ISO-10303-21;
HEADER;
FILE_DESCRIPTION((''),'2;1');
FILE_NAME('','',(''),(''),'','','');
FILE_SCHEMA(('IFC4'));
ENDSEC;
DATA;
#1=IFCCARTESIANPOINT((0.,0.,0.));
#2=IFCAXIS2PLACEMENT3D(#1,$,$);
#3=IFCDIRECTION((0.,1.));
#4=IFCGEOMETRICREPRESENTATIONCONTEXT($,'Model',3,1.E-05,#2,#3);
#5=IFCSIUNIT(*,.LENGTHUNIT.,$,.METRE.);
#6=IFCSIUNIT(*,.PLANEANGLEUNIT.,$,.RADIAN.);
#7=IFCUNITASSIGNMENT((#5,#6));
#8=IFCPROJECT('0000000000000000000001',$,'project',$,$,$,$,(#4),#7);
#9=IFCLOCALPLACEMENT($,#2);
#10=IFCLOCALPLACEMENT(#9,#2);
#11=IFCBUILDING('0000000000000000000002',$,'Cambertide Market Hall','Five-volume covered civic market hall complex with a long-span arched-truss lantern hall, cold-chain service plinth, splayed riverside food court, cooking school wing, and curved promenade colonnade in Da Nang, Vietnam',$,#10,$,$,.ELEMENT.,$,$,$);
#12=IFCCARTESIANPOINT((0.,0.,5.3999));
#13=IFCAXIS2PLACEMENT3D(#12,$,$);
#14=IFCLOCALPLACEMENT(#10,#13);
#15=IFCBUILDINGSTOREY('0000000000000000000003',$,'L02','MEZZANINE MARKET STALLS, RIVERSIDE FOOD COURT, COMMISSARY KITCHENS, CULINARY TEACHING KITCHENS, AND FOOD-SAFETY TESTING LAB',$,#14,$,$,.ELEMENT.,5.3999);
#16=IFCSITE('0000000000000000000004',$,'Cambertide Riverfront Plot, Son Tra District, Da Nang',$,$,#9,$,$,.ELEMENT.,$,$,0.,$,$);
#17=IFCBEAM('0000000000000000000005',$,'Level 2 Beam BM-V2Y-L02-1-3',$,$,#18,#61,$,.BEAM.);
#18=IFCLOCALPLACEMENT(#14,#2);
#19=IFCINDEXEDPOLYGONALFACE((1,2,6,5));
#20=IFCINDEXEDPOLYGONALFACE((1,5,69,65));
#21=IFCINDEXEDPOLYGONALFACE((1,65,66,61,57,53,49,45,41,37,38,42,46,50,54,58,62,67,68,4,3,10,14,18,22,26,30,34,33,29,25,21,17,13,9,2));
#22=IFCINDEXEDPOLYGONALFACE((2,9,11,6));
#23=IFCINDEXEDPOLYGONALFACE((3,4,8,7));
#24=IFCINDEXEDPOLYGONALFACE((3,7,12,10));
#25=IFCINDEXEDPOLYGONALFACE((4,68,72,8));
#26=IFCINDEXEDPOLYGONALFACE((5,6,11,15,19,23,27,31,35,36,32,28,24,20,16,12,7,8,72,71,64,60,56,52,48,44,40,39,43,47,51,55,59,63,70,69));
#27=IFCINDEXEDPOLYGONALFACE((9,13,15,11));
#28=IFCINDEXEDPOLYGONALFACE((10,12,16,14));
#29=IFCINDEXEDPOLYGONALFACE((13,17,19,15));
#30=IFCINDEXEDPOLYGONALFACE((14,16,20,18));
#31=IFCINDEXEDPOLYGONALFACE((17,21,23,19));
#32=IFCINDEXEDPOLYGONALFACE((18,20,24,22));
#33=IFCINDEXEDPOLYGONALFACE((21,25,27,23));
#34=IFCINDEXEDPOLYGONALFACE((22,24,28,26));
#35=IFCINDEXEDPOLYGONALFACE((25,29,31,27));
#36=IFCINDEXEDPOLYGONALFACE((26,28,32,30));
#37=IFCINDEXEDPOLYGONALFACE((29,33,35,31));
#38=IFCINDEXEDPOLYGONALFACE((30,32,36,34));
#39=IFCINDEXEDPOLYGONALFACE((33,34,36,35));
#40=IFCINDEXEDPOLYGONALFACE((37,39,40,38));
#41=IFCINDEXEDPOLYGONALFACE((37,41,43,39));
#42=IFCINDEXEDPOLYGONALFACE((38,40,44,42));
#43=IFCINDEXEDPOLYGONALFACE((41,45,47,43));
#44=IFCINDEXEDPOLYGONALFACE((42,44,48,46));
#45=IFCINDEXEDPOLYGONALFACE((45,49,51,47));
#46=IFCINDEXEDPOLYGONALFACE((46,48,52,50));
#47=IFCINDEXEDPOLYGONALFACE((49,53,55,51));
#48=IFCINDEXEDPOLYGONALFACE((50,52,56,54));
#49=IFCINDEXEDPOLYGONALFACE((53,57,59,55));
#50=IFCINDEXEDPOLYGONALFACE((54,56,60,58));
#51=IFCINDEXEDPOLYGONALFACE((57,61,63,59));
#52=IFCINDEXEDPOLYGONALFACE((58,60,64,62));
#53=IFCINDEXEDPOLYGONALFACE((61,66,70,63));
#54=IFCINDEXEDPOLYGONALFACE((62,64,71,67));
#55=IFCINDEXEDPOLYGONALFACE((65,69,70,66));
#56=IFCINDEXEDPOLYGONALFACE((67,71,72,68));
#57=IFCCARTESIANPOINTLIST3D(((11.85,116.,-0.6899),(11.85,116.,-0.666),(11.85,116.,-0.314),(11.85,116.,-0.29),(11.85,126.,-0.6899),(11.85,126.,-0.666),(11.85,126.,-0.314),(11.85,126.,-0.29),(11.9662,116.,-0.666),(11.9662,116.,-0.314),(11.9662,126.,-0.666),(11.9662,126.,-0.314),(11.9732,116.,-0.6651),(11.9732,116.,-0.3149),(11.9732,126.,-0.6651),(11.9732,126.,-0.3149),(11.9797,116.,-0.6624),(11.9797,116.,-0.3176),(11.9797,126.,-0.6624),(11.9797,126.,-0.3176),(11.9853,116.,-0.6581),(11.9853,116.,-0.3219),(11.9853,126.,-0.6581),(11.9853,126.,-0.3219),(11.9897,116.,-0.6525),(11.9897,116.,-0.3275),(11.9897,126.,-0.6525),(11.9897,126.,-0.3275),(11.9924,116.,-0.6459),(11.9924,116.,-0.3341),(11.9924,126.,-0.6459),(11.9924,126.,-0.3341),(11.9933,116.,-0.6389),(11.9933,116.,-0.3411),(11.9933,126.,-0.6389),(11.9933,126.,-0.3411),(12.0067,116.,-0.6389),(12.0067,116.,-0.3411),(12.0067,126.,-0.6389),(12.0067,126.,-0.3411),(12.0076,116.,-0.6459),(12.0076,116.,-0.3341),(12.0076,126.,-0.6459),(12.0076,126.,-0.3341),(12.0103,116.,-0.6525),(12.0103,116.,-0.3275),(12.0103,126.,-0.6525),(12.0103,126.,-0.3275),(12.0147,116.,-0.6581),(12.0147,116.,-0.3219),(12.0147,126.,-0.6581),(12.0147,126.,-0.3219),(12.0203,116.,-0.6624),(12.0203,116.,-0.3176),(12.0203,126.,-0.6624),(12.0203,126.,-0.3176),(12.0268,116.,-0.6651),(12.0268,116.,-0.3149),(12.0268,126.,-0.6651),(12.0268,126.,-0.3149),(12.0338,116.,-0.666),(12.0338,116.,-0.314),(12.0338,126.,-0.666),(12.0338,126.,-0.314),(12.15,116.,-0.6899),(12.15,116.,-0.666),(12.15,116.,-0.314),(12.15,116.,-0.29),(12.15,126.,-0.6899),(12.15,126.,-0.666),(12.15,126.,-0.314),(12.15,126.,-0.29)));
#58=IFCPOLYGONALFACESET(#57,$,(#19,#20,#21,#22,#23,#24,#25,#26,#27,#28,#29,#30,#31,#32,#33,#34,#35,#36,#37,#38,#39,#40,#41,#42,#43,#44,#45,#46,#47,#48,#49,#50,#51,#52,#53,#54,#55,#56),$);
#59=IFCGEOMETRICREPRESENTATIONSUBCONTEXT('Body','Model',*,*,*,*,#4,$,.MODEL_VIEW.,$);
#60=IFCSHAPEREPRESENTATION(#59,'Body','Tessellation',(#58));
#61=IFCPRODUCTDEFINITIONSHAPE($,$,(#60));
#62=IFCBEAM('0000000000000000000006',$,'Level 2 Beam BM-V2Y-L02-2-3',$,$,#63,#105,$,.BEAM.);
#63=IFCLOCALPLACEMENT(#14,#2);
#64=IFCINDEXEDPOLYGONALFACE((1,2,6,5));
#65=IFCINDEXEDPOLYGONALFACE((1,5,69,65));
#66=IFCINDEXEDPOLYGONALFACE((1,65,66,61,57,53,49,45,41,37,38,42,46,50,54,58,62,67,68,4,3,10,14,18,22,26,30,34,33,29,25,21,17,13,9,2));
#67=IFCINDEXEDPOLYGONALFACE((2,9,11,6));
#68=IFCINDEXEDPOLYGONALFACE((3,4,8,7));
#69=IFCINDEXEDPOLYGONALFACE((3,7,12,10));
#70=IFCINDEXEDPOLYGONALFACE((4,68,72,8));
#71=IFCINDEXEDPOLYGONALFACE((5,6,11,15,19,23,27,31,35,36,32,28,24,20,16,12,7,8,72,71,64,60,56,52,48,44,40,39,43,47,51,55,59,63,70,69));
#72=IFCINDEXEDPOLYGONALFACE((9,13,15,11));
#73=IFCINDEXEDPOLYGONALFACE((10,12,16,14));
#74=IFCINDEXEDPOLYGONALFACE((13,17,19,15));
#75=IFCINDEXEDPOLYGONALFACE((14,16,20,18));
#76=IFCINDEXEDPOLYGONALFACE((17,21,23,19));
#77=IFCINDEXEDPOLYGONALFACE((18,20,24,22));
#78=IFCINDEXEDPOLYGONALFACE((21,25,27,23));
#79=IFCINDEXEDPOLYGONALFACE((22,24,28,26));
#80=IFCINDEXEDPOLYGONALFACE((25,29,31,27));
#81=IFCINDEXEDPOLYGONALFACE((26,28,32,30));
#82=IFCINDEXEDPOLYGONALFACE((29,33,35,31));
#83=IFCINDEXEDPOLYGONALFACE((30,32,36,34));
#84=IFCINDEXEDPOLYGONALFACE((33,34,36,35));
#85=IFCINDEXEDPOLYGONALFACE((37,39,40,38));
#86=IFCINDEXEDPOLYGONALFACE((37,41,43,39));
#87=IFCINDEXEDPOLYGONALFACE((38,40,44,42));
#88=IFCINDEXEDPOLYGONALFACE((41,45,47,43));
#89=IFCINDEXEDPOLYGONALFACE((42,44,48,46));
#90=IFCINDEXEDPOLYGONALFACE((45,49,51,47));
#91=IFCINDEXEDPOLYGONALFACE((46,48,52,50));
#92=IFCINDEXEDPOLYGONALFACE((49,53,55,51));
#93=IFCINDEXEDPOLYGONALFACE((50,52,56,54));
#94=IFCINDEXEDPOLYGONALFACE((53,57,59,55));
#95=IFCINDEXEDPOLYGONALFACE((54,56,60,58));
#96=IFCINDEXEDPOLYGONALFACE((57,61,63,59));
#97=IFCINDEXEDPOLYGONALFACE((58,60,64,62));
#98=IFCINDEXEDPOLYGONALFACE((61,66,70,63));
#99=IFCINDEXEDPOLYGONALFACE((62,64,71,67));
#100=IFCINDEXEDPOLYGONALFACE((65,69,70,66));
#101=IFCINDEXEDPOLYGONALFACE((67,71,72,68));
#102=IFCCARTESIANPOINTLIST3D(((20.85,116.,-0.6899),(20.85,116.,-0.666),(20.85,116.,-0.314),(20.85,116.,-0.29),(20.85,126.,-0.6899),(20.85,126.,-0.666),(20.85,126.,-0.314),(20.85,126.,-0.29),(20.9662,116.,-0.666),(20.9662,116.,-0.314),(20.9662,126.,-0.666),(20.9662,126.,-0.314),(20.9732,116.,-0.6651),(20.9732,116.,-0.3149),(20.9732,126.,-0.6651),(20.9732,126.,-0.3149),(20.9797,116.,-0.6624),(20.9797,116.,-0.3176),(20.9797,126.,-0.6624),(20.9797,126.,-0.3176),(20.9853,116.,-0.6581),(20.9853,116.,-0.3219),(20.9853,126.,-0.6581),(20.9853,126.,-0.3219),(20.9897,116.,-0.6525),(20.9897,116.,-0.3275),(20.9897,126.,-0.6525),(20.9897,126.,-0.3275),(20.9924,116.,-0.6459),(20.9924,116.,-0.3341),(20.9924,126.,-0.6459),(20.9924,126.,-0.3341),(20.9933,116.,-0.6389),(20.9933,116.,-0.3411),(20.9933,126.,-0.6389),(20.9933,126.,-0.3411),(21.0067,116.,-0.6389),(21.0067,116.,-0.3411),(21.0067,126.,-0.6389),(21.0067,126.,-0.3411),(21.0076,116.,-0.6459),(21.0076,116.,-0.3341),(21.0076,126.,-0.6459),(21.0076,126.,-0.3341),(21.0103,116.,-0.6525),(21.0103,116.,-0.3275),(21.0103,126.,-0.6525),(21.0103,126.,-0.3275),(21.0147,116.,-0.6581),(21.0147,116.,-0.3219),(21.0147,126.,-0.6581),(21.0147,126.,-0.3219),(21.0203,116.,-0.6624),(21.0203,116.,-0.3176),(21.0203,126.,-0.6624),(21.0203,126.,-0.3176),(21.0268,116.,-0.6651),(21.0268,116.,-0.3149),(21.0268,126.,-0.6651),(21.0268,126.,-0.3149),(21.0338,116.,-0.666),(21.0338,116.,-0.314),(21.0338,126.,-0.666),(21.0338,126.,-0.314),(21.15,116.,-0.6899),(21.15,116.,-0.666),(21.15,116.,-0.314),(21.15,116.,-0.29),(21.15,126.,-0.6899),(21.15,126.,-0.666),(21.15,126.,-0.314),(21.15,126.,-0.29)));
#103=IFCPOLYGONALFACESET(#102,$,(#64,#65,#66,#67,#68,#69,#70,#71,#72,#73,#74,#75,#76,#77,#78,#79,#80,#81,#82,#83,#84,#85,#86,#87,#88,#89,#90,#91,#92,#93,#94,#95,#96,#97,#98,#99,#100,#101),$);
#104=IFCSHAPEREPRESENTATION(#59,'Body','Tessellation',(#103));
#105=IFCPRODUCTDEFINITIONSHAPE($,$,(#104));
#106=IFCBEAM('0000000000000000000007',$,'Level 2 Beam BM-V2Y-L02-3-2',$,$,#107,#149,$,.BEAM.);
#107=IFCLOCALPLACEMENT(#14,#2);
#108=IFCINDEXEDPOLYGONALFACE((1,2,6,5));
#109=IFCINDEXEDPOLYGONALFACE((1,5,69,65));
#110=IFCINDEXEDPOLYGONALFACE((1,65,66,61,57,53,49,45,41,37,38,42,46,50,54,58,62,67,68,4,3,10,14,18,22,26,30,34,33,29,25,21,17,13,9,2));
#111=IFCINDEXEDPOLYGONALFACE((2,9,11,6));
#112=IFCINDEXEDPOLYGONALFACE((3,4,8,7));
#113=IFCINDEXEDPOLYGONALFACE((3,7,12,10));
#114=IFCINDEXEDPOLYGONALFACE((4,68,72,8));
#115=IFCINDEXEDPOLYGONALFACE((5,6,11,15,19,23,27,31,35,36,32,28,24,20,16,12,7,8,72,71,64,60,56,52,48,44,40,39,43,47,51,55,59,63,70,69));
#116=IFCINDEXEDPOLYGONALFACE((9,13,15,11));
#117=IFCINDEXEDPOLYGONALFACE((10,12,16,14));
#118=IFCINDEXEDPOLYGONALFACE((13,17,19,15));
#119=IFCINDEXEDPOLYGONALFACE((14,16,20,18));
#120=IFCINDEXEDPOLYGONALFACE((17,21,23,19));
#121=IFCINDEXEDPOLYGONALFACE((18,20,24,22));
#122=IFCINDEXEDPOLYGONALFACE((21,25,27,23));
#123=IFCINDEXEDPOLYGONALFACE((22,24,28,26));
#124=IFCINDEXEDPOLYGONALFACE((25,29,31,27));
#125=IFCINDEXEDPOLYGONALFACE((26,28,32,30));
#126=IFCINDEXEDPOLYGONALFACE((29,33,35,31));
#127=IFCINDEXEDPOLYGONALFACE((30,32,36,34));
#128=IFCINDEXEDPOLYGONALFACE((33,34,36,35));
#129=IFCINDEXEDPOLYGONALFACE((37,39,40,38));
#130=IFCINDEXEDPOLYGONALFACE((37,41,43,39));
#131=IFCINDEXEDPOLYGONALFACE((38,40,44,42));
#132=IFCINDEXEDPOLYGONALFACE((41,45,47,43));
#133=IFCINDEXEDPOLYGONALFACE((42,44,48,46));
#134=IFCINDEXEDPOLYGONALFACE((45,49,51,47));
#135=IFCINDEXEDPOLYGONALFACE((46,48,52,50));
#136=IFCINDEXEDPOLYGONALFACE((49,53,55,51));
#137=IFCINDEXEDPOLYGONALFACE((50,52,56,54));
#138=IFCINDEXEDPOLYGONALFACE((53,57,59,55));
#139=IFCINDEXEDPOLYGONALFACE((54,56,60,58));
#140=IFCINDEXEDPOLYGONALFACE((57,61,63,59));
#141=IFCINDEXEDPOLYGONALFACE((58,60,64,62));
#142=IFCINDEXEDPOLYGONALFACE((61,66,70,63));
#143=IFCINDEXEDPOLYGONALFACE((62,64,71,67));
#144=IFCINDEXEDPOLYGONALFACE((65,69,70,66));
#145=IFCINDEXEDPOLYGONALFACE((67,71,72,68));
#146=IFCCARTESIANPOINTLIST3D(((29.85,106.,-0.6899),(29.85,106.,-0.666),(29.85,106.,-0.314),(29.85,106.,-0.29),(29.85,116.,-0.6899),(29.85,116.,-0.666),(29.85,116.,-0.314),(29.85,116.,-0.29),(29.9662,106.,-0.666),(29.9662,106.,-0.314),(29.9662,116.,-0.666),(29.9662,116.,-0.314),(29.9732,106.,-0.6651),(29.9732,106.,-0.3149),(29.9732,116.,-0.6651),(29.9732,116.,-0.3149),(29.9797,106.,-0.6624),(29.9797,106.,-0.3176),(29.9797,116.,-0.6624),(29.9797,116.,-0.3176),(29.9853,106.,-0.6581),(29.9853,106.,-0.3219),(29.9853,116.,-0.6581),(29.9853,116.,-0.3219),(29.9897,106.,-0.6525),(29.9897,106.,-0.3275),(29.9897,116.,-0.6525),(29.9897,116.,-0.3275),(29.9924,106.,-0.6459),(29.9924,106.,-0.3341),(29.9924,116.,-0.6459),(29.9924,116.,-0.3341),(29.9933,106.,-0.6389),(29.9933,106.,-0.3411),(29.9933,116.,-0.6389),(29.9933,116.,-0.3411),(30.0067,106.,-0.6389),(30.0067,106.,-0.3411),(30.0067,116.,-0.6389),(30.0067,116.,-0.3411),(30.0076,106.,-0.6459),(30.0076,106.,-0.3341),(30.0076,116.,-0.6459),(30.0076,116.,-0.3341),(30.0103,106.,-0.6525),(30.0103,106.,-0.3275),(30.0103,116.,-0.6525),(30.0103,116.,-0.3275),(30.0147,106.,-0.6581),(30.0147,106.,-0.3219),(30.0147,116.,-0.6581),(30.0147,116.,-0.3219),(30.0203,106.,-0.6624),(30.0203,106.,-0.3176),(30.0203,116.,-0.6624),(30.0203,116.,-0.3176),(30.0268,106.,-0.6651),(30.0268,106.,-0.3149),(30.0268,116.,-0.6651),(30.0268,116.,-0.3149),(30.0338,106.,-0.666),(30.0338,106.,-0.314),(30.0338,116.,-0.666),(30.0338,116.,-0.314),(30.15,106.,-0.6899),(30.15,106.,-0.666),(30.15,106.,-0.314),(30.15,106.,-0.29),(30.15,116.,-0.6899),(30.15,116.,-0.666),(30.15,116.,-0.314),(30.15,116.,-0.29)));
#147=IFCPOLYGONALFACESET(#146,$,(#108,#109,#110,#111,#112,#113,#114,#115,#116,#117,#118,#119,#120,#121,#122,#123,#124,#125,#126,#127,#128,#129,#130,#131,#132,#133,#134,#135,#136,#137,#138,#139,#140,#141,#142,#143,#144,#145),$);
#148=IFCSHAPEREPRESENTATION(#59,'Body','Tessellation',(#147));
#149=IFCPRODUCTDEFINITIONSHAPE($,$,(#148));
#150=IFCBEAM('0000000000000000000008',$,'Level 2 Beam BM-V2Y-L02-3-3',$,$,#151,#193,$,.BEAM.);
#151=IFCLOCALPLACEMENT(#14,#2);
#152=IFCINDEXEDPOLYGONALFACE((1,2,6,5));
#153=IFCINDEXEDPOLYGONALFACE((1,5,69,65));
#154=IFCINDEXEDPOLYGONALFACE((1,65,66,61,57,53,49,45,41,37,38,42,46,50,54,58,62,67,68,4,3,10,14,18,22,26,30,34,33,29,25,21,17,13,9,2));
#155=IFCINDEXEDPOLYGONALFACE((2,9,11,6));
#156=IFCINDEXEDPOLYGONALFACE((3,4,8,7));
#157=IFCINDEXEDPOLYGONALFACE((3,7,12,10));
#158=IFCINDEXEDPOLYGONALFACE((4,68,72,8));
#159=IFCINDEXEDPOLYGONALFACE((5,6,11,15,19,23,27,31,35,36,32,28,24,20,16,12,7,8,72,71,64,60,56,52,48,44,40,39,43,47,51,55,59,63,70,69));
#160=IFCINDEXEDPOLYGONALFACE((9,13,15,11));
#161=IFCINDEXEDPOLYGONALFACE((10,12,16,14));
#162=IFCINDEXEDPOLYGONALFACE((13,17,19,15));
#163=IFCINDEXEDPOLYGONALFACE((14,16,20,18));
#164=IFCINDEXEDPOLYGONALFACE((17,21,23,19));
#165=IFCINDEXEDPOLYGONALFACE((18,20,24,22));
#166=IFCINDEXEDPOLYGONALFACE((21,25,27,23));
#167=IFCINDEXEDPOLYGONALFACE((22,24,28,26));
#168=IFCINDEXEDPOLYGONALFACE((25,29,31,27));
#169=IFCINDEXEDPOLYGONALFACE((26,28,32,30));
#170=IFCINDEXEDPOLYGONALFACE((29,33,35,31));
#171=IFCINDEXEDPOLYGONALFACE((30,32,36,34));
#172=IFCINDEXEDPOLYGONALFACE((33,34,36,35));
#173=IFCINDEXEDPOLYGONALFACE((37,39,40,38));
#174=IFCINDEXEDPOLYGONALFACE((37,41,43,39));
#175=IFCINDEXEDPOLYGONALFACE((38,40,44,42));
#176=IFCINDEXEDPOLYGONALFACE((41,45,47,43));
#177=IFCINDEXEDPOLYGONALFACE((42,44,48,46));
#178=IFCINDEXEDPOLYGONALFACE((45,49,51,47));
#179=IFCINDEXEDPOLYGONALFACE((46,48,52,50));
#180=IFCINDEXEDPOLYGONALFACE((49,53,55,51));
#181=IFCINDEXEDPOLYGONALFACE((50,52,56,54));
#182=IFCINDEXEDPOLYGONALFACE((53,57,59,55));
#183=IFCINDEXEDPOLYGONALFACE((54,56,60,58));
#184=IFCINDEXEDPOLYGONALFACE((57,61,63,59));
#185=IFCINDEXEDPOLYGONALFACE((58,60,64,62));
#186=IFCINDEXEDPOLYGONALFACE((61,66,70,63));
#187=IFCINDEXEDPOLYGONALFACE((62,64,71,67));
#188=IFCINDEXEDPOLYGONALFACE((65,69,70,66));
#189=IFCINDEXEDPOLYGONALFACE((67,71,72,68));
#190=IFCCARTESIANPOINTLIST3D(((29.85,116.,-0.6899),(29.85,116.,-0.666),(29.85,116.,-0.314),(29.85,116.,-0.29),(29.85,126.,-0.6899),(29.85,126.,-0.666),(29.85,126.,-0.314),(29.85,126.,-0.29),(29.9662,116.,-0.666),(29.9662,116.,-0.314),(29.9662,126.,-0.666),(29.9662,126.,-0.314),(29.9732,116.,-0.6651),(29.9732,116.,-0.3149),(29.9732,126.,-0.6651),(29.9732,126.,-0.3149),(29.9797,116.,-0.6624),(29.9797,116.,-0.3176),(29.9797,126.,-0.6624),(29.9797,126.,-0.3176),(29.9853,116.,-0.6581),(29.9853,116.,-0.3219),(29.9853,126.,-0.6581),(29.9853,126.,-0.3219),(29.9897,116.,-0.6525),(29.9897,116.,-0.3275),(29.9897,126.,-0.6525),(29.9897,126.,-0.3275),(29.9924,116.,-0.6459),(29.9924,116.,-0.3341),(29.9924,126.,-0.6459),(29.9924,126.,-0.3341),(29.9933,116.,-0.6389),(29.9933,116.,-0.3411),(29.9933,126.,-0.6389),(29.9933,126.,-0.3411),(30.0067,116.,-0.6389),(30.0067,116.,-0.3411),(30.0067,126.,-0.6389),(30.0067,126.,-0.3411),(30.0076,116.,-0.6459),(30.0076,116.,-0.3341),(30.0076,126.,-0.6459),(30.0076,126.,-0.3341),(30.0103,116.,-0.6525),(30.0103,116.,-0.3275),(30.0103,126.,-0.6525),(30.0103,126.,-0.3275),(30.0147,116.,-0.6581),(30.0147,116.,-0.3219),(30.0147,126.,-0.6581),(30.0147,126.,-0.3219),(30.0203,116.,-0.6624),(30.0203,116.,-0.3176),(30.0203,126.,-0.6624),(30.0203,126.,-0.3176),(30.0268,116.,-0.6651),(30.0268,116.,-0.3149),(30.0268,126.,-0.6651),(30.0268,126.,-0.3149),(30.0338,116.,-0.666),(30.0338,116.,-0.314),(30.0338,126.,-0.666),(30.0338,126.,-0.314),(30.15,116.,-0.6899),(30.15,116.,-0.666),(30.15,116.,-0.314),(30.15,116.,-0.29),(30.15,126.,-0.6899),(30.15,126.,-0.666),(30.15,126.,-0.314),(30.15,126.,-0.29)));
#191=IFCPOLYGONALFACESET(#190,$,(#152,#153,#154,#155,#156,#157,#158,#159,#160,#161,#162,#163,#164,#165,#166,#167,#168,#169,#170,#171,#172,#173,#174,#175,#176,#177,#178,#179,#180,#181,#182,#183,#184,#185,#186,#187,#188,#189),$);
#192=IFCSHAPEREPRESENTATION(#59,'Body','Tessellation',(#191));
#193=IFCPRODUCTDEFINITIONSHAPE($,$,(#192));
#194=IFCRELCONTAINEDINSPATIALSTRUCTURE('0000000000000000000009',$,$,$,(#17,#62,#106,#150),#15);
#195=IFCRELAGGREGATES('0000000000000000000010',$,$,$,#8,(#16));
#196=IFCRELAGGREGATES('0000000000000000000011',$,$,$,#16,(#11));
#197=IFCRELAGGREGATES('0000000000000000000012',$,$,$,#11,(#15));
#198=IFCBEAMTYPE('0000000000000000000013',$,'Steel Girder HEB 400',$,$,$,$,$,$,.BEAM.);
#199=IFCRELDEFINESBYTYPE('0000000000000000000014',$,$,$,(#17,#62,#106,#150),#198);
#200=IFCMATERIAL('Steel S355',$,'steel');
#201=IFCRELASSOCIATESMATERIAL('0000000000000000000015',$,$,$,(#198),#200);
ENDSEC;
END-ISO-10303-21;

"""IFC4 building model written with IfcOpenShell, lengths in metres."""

from ifc_helpers import new_model, si_unit, direction, frame, origin, origin_2d, place, context, subcontext, project, spatial, i_section, extrude, material, material_profile, profile_set, type_object, element, save


model = new_model("IFC4")

# Units and contexts
model_context = context("Model", 3, precision=1e-05, world=origin(), true_north=direction((0.0, 1.0)))
body_context = subcontext(model_context, "Body", "Model", "MODEL_VIEW")
ifc_project = project(units=[si_unit("LENGTHUNIT", "METRE"), si_unit("PLANEANGLEUNIT", "RADIAN")], contexts=[model_context])

# Site, building, storey
site_placement = place(None, origin())
site = spatial("IfcSite", under=ifc_project, at=site_placement, Name="Cambertide Riverfront Plot, Son Tra District, Da Nang", CompositionType="ELEMENT", RefElevation=0.0)
building_placement = place(site_placement, origin())
building = spatial("IfcBuilding", under=site, at=building_placement, Name="Cambertide Market Hall", Description="Five-volume covered civic market hall complex with a long-span arched-truss lantern hall, cold-chain service plinth, splayed riverside food court, cooking school wing, and curved promenade colonnade in Da Nang, Vietnam", CompositionType="ELEMENT")
storey_placement = place(building_placement, frame((0.0, 0.0, 5.3999)))
storey = spatial("IfcBuildingStorey", under=building, at=storey_placement, Name="L02", Description="MEZZANINE MARKET STALLS, RIVERSIDE FOOD COURT, COMMISSARY KITCHENS, CULINARY TEACHING KITCHENS, AND FOOD-SAFETY TESTING LAB", CompositionType="ELEMENT", Elevation=5.3999)

# Beams
ifc_material_1 = material(Name="Steel S355", Category="steel")
ifc_material_profile_1 = material_profile(ifc_material_1, i_section(OverallWidth=0.3, OverallDepth=0.3999, WebThickness=0.0134, FlangeThickness=0.0239, FilletRadius=0.0271, at=origin_2d()), Name="HEB 400")
ifc_profile_set_1 = profile_set([ifc_material_profile_1], Name="Steel S355")
beam_type_1 = type_object("IfcBeamType", Name="Steel Girder HEB 400", PredefinedType="BEAM", material=ifc_profile_set_1)
for number, where, z_axis, x_axis, name in (
    (1, (12.0, 116.0, -0.49), (0.0, 1.0, 0.0), (-1.0, 0.0, 0.0), "Level 2 Beam BM-V2Y-L02-1-3"),
    (2, (21.0, 116.0, -0.49), (0.0, 1.0, 0.0), (-1.0, 0.0, 0.0), "Level 2 Beam BM-V2Y-L02-2-3"),
    (3, (30.0, 106.0, -0.49), (0.0, 1.0, 0.0), (-1.0, 0.0, 0.0), "Level 2 Beam BM-V2Y-L02-3-2"),
    (4, (30.0, 116.0, -0.49), (0.0, 1.0, 0.0), (-1.0, 0.0, 0.0), "Level 2 Beam BM-V2Y-L02-3-3"),
):
    element("IfcBeam", number, at=place(storey_placement, frame(where, z_axis=z_axis, x_axis=x_axis)), inside=storey, type_object=beam_type_1, Name=name, PredefinedType="BEAM", context=body_context, shape_type="SweptSolid", body=[
        extrude(i_section(OverallWidth=0.3, OverallDepth=0.3999, WebThickness=0.0134, FlangeThickness=0.0239, FilletRadius=0.0271, at=origin_2d()), origin(), (0.0, 0.0, 1.0), 10.0),
    ])

save(model, "model.ifc")
